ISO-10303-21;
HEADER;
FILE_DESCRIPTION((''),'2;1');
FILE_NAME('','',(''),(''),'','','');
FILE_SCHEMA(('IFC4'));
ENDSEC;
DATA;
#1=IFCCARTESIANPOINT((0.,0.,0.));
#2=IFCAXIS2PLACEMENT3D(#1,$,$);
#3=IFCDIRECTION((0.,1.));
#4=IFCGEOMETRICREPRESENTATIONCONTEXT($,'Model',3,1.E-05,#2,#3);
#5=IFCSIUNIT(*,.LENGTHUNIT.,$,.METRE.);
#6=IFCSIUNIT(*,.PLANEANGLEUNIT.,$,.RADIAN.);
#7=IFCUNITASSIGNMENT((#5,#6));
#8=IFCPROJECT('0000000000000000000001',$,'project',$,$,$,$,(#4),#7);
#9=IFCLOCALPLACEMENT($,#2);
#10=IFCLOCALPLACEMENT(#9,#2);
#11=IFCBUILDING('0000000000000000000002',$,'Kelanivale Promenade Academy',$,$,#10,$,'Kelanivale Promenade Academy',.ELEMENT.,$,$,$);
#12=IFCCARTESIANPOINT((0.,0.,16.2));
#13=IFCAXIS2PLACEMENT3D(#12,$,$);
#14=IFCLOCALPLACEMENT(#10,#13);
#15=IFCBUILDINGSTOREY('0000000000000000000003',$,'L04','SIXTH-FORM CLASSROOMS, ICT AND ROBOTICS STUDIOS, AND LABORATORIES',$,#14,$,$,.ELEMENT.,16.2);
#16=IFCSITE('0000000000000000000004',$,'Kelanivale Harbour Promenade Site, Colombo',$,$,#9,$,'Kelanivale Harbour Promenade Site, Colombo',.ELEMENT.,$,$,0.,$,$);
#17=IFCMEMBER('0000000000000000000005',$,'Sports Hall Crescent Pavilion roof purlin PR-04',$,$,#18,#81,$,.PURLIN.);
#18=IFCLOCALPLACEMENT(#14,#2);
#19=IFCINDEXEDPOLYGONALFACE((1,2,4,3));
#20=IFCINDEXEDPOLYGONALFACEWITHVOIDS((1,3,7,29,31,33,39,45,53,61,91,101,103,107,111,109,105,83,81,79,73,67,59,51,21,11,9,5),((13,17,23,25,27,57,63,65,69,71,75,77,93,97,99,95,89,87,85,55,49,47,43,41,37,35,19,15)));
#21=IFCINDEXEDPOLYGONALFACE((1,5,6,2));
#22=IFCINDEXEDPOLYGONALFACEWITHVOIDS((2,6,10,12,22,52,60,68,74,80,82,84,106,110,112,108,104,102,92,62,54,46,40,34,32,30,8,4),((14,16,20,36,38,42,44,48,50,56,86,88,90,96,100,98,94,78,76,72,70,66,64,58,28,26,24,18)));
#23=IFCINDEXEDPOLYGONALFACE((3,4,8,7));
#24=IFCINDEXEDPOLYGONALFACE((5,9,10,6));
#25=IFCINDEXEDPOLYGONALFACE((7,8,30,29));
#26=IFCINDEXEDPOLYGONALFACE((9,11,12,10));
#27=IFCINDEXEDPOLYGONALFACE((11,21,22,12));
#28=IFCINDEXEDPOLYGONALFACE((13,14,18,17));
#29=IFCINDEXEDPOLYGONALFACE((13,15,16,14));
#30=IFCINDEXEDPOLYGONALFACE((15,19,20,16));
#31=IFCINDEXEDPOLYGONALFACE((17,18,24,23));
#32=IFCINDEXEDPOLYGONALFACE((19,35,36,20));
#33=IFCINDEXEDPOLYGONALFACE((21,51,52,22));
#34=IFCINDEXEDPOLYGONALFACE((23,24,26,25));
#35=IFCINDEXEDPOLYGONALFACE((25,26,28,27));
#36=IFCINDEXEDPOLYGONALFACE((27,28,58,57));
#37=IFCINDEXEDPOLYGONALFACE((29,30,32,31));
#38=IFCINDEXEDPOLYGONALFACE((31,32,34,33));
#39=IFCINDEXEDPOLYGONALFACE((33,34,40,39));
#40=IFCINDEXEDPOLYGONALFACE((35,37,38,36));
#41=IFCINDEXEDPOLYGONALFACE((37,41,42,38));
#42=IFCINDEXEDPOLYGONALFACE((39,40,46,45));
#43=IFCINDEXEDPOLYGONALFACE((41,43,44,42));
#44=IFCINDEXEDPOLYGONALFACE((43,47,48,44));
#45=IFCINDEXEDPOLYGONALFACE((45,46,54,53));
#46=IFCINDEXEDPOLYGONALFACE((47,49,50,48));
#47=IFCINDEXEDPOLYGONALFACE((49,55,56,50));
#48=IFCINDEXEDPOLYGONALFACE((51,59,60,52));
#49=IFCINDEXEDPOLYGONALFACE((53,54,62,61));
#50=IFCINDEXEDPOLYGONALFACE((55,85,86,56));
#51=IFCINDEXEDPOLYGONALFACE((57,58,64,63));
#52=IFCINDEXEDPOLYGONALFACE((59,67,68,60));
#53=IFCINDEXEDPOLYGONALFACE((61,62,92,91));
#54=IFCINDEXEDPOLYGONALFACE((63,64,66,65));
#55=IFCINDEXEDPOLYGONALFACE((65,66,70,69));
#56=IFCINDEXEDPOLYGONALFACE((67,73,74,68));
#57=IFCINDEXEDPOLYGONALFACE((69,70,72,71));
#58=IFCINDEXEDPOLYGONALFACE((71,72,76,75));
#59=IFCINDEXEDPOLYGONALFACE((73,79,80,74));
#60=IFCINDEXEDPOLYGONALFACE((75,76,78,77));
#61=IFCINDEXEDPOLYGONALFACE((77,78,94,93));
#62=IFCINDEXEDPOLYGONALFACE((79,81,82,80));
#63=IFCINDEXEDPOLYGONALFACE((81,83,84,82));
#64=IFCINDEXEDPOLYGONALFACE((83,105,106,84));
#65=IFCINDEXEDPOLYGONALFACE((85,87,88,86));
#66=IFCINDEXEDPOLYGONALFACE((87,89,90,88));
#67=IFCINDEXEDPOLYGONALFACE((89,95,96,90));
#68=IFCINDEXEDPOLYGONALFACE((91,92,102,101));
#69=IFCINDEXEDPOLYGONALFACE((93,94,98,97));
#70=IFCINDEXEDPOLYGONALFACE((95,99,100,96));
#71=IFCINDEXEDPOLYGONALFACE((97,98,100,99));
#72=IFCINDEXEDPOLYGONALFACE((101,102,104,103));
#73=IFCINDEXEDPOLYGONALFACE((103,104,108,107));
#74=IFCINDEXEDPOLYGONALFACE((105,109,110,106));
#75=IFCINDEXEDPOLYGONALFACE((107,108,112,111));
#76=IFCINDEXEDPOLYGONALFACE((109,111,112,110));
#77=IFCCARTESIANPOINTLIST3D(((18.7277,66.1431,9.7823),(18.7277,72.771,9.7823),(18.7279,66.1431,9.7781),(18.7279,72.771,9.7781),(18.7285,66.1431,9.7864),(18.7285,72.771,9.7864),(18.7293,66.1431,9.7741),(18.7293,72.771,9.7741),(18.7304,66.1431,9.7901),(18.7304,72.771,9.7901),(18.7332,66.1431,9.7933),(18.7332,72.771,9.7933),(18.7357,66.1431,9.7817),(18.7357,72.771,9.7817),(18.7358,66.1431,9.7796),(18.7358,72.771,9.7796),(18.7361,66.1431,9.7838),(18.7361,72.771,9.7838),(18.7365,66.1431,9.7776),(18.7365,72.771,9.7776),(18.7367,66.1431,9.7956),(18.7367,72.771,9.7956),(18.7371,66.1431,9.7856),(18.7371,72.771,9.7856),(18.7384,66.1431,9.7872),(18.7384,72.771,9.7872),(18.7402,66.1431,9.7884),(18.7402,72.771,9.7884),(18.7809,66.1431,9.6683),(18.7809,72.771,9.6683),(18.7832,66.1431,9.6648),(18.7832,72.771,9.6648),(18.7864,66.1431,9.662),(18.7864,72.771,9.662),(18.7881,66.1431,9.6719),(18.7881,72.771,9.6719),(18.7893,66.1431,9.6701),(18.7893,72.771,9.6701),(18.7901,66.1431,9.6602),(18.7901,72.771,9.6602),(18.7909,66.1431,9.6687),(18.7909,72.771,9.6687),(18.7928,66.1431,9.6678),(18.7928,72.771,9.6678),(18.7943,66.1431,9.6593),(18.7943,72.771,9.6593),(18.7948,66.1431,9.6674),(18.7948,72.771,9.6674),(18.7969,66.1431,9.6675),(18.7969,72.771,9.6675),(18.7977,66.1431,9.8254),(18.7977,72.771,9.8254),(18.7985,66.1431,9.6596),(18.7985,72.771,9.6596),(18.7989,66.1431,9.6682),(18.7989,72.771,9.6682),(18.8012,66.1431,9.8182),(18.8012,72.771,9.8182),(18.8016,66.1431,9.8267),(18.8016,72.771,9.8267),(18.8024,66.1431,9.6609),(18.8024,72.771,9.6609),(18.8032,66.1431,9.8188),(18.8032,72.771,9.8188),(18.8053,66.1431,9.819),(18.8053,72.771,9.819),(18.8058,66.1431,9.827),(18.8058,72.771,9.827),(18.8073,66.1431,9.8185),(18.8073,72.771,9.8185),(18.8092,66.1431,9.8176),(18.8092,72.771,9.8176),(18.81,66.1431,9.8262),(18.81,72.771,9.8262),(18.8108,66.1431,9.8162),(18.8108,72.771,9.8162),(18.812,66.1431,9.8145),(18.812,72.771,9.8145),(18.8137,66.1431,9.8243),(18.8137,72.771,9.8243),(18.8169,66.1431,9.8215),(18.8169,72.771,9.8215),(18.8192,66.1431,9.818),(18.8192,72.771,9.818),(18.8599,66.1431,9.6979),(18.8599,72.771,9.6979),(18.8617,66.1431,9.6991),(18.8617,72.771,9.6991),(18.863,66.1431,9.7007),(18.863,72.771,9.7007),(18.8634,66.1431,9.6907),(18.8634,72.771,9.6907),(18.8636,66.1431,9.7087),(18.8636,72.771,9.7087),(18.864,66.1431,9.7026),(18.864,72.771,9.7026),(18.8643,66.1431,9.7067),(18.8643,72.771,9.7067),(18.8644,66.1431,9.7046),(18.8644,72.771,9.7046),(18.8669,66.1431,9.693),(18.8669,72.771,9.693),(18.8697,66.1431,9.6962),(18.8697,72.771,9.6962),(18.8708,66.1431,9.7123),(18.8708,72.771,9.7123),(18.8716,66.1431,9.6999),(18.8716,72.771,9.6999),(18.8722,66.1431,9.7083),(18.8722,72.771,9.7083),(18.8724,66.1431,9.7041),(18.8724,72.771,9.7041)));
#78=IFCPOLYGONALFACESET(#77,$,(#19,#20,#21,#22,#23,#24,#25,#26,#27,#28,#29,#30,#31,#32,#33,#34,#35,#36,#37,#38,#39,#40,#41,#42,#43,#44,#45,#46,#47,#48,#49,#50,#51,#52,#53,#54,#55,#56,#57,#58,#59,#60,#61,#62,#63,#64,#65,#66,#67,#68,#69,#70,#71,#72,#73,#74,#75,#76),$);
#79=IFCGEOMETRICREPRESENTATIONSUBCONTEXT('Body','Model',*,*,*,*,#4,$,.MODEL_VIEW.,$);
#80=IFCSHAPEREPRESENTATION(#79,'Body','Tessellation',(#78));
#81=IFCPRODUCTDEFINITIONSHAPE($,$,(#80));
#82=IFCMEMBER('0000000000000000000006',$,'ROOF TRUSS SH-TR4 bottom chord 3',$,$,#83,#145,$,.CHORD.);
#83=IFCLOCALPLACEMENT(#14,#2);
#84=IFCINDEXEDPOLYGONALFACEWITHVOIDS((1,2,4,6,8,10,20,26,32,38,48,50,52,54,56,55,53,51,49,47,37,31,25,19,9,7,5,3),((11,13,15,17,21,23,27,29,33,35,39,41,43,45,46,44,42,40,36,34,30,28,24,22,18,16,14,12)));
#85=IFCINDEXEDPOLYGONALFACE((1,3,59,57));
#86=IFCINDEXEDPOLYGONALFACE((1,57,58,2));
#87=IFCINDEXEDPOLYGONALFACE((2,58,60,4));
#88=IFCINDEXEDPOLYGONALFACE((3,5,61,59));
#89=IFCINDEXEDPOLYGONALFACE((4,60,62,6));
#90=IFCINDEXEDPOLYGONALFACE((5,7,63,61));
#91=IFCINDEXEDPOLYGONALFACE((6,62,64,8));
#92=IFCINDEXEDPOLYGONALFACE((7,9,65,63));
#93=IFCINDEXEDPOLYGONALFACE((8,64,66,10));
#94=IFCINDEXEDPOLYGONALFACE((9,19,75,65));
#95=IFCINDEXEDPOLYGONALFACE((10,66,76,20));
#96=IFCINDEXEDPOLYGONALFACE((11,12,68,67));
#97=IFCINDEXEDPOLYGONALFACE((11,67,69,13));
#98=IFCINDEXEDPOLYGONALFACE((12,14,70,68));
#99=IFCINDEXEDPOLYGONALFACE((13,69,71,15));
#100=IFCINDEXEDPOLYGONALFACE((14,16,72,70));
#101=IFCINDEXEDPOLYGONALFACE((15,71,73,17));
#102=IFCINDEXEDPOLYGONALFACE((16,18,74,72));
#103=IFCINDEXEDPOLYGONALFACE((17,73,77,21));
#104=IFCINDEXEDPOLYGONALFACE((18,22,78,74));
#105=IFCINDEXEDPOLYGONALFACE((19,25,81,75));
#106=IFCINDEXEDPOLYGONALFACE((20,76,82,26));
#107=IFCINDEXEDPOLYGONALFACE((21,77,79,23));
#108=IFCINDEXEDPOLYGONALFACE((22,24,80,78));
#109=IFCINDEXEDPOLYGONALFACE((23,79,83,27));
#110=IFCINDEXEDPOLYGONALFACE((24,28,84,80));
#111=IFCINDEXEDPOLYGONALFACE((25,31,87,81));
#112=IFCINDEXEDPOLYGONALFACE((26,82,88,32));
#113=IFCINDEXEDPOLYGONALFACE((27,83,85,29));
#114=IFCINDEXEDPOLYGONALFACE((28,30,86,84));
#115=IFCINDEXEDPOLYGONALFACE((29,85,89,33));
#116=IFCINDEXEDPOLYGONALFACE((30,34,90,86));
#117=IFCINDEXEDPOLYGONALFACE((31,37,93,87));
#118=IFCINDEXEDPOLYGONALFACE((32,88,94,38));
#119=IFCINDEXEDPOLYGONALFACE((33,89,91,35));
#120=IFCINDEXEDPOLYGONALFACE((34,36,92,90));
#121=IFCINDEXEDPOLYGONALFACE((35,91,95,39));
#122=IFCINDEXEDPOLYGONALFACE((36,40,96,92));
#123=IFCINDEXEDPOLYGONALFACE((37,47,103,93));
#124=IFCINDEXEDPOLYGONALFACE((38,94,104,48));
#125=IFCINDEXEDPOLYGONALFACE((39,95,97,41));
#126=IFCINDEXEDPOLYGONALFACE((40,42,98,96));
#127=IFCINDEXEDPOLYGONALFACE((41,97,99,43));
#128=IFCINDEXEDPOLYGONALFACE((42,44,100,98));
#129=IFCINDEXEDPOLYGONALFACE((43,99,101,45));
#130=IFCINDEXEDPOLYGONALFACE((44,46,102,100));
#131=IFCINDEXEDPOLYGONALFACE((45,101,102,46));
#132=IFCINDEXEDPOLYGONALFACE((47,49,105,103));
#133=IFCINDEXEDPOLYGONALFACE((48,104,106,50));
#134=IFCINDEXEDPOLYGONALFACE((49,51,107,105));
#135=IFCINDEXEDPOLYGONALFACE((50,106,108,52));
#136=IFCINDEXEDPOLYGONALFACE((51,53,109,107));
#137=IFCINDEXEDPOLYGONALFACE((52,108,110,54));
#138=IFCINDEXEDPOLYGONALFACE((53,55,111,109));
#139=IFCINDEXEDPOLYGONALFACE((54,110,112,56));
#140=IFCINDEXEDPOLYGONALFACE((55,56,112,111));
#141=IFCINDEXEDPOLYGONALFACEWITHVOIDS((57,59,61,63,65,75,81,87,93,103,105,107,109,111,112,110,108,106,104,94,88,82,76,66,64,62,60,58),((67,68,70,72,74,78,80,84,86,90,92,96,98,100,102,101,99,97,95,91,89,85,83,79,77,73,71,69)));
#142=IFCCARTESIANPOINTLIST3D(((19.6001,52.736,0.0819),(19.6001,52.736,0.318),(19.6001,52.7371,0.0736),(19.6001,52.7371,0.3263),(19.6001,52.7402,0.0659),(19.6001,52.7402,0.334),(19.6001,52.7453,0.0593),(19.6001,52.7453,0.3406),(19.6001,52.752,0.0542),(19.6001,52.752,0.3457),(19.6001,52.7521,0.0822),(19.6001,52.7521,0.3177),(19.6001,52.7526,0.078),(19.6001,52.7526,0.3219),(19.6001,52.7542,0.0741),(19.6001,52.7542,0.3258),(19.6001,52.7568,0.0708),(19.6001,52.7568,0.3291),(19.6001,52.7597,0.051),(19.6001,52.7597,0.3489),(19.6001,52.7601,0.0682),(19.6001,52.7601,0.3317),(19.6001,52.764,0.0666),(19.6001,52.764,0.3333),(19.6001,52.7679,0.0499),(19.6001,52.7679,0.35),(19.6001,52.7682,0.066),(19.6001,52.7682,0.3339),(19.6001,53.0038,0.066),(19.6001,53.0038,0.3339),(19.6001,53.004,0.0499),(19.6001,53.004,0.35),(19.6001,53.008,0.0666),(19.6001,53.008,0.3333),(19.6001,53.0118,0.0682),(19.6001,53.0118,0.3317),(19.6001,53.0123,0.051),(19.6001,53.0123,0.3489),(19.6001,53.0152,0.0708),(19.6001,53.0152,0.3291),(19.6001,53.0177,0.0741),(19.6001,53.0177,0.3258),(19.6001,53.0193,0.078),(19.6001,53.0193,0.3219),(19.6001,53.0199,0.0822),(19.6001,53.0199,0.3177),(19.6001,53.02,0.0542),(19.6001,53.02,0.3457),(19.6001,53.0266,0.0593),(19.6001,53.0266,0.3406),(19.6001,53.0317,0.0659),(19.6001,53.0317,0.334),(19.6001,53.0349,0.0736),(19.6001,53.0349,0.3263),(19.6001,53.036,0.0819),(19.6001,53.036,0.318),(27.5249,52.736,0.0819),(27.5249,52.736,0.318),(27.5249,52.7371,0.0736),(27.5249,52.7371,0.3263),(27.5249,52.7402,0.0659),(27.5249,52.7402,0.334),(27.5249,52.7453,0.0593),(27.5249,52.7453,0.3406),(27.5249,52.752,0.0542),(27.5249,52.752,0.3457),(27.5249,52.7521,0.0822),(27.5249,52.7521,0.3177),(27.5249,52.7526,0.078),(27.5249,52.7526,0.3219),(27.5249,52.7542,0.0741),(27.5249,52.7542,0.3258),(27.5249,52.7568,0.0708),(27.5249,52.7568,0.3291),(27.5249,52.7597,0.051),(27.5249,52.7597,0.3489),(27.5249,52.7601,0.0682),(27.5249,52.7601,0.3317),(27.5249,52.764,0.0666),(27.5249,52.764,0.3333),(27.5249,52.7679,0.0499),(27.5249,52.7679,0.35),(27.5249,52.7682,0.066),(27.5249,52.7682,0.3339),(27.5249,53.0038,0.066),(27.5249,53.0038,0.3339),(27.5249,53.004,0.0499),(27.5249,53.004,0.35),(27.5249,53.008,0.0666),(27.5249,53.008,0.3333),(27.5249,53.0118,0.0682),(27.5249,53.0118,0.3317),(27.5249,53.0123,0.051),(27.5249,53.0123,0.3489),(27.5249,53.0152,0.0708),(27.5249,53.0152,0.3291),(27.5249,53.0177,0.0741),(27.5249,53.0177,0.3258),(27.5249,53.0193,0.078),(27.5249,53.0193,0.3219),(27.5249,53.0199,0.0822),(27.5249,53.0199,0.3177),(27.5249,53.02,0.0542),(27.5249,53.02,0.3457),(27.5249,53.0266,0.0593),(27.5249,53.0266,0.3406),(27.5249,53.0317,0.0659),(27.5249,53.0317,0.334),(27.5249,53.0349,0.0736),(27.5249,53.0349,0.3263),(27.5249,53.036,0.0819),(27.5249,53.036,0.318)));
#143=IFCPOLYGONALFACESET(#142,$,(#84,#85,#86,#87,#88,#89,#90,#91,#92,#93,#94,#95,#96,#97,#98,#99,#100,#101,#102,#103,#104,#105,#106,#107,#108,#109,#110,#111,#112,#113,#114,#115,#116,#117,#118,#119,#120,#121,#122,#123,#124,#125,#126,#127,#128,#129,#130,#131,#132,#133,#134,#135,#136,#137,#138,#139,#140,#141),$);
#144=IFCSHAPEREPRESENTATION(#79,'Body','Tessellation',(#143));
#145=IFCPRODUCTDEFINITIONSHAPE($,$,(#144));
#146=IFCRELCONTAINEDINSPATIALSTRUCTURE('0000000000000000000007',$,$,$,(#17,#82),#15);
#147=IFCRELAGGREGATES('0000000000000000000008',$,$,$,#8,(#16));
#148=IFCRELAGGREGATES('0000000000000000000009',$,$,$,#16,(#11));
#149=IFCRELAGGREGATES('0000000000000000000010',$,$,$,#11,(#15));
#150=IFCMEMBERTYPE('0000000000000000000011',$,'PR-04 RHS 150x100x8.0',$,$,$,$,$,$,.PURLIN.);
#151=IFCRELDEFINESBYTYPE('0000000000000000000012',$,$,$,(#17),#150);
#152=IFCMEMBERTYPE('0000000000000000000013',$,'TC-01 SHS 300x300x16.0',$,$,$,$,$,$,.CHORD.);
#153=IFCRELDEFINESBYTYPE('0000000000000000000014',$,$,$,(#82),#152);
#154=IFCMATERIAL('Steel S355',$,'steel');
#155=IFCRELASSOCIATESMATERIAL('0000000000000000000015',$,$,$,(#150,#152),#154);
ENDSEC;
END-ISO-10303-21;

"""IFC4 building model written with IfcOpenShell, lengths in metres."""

from ifc_helpers import new_model, si_unit, direction, frame, origin, origin_2d, place, context, subcontext, project, spatial, hollow_rectangle, extrude, material, material_profile, profile_set, type_object, element, save


model = new_model("IFC4")

# Units and contexts
model_context = context("Model", 3, precision=1e-05, world=origin(), true_north=direction((0.0, 1.0)))
body_context = subcontext(model_context, "Body", "Model", "MODEL_VIEW")
ifc_project = project(units=[si_unit("LENGTHUNIT", "METRE"), si_unit("PLANEANGLEUNIT", "RADIAN")], contexts=[model_context])

# Site, building, storey
site_placement = place(None, origin())
site = spatial("IfcSite", under=ifc_project, at=site_placement, Name="Kelanivale Harbour Promenade Site, Colombo", LongName="Kelanivale Harbour Promenade Site, Colombo", CompositionType="ELEMENT", RefElevation=0.0)
building_placement = place(site_placement, origin())
building = spatial("IfcBuilding", under=site, at=building_placement, Name="Kelanivale Promenade Academy", LongName="Kelanivale Promenade Academy", CompositionType="ELEMENT")
storey_placement = place(building_placement, frame((0.0, 0.0, 16.2)))
storey = spatial("IfcBuildingStorey", under=building, at=storey_placement, Name="L04", Description="SIXTH-FORM CLASSROOMS, ICT AND ROBOTICS STUDIOS, AND LABORATORIES", CompositionType="ELEMENT", Elevation=16.2)

# Members
ifc_material_1 = material(Name="Steel S355", Category="steel")
ifc_material_profile_1 = material_profile(ifc_material_1, hollow_rectangle(XDim=0.1001, YDim=0.1499, WallThickness=0.0081, InnerFilletRadius=0.0081, OuterFilletRadius=0.0161, at=origin_2d()), Name="RHS 150x100x8.0")
ifc_profile_set_1 = profile_set([ifc_material_profile_1], Name="Steel S355")
member_type_1 = type_object("IfcMemberType", Name="PR-04 RHS 150x100x8.0", PredefinedType="PURLIN", material=ifc_profile_set_1)
member_1_placement = place(storey_placement, frame((18.8, 66.1431, 9.7432), z_axis=(0.0, 1.0, 0.0), x_axis=(-0.898564, 0.0, -0.438842)))
element("IfcMember", 1, at=member_1_placement, inside=storey, type_object=member_type_1, Name="Sports Hall Crescent Pavilion roof purlin PR-04", PredefinedType="PURLIN", context=body_context, shape_type="SweptSolid", body=[
    extrude(hollow_rectangle(XDim=0.1001, YDim=0.1499, WallThickness=0.0081, InnerFilletRadius=0.0081, OuterFilletRadius=0.0161, at=origin_2d()), origin(), (0.0, 0.0, 1.0), 6.6279),
])
ifc_material_profile_2 = material_profile(ifc_material_1, hollow_rectangle(XDim=0.3, YDim=0.3, WallThickness=0.0161, InnerFilletRadius=0.0161, OuterFilletRadius=0.032, at=origin_2d()), Name="SHS 300x300x16.0")
ifc_profile_set_2 = profile_set([ifc_material_profile_2], Name="Steel S355")
member_type_2 = type_object("IfcMemberType", Name="TC-01 SHS 300x300x16.0", PredefinedType="CHORD", material=ifc_profile_set_2)
member_2_placement = place(storey_placement, frame((19.6001, 52.886, 0.2), z_axis=(1.0, 0.0, 0.0), x_axis=(0.0, 1.0, 0.0)))
element("IfcMember", 2, at=member_2_placement, inside=storey, type_object=member_type_2, Name="ROOF TRUSS SH-TR4 bottom chord 3", PredefinedType="CHORD", context=body_context, shape_type="SweptSolid", body=[
    extrude(hollow_rectangle(XDim=0.3, YDim=0.3, WallThickness=0.0161, InnerFilletRadius=0.0161, OuterFilletRadius=0.032, at=origin_2d()), origin(), (0.0, 0.0, 1.0), 7.9248),
])

save(model, "model.ifc")
